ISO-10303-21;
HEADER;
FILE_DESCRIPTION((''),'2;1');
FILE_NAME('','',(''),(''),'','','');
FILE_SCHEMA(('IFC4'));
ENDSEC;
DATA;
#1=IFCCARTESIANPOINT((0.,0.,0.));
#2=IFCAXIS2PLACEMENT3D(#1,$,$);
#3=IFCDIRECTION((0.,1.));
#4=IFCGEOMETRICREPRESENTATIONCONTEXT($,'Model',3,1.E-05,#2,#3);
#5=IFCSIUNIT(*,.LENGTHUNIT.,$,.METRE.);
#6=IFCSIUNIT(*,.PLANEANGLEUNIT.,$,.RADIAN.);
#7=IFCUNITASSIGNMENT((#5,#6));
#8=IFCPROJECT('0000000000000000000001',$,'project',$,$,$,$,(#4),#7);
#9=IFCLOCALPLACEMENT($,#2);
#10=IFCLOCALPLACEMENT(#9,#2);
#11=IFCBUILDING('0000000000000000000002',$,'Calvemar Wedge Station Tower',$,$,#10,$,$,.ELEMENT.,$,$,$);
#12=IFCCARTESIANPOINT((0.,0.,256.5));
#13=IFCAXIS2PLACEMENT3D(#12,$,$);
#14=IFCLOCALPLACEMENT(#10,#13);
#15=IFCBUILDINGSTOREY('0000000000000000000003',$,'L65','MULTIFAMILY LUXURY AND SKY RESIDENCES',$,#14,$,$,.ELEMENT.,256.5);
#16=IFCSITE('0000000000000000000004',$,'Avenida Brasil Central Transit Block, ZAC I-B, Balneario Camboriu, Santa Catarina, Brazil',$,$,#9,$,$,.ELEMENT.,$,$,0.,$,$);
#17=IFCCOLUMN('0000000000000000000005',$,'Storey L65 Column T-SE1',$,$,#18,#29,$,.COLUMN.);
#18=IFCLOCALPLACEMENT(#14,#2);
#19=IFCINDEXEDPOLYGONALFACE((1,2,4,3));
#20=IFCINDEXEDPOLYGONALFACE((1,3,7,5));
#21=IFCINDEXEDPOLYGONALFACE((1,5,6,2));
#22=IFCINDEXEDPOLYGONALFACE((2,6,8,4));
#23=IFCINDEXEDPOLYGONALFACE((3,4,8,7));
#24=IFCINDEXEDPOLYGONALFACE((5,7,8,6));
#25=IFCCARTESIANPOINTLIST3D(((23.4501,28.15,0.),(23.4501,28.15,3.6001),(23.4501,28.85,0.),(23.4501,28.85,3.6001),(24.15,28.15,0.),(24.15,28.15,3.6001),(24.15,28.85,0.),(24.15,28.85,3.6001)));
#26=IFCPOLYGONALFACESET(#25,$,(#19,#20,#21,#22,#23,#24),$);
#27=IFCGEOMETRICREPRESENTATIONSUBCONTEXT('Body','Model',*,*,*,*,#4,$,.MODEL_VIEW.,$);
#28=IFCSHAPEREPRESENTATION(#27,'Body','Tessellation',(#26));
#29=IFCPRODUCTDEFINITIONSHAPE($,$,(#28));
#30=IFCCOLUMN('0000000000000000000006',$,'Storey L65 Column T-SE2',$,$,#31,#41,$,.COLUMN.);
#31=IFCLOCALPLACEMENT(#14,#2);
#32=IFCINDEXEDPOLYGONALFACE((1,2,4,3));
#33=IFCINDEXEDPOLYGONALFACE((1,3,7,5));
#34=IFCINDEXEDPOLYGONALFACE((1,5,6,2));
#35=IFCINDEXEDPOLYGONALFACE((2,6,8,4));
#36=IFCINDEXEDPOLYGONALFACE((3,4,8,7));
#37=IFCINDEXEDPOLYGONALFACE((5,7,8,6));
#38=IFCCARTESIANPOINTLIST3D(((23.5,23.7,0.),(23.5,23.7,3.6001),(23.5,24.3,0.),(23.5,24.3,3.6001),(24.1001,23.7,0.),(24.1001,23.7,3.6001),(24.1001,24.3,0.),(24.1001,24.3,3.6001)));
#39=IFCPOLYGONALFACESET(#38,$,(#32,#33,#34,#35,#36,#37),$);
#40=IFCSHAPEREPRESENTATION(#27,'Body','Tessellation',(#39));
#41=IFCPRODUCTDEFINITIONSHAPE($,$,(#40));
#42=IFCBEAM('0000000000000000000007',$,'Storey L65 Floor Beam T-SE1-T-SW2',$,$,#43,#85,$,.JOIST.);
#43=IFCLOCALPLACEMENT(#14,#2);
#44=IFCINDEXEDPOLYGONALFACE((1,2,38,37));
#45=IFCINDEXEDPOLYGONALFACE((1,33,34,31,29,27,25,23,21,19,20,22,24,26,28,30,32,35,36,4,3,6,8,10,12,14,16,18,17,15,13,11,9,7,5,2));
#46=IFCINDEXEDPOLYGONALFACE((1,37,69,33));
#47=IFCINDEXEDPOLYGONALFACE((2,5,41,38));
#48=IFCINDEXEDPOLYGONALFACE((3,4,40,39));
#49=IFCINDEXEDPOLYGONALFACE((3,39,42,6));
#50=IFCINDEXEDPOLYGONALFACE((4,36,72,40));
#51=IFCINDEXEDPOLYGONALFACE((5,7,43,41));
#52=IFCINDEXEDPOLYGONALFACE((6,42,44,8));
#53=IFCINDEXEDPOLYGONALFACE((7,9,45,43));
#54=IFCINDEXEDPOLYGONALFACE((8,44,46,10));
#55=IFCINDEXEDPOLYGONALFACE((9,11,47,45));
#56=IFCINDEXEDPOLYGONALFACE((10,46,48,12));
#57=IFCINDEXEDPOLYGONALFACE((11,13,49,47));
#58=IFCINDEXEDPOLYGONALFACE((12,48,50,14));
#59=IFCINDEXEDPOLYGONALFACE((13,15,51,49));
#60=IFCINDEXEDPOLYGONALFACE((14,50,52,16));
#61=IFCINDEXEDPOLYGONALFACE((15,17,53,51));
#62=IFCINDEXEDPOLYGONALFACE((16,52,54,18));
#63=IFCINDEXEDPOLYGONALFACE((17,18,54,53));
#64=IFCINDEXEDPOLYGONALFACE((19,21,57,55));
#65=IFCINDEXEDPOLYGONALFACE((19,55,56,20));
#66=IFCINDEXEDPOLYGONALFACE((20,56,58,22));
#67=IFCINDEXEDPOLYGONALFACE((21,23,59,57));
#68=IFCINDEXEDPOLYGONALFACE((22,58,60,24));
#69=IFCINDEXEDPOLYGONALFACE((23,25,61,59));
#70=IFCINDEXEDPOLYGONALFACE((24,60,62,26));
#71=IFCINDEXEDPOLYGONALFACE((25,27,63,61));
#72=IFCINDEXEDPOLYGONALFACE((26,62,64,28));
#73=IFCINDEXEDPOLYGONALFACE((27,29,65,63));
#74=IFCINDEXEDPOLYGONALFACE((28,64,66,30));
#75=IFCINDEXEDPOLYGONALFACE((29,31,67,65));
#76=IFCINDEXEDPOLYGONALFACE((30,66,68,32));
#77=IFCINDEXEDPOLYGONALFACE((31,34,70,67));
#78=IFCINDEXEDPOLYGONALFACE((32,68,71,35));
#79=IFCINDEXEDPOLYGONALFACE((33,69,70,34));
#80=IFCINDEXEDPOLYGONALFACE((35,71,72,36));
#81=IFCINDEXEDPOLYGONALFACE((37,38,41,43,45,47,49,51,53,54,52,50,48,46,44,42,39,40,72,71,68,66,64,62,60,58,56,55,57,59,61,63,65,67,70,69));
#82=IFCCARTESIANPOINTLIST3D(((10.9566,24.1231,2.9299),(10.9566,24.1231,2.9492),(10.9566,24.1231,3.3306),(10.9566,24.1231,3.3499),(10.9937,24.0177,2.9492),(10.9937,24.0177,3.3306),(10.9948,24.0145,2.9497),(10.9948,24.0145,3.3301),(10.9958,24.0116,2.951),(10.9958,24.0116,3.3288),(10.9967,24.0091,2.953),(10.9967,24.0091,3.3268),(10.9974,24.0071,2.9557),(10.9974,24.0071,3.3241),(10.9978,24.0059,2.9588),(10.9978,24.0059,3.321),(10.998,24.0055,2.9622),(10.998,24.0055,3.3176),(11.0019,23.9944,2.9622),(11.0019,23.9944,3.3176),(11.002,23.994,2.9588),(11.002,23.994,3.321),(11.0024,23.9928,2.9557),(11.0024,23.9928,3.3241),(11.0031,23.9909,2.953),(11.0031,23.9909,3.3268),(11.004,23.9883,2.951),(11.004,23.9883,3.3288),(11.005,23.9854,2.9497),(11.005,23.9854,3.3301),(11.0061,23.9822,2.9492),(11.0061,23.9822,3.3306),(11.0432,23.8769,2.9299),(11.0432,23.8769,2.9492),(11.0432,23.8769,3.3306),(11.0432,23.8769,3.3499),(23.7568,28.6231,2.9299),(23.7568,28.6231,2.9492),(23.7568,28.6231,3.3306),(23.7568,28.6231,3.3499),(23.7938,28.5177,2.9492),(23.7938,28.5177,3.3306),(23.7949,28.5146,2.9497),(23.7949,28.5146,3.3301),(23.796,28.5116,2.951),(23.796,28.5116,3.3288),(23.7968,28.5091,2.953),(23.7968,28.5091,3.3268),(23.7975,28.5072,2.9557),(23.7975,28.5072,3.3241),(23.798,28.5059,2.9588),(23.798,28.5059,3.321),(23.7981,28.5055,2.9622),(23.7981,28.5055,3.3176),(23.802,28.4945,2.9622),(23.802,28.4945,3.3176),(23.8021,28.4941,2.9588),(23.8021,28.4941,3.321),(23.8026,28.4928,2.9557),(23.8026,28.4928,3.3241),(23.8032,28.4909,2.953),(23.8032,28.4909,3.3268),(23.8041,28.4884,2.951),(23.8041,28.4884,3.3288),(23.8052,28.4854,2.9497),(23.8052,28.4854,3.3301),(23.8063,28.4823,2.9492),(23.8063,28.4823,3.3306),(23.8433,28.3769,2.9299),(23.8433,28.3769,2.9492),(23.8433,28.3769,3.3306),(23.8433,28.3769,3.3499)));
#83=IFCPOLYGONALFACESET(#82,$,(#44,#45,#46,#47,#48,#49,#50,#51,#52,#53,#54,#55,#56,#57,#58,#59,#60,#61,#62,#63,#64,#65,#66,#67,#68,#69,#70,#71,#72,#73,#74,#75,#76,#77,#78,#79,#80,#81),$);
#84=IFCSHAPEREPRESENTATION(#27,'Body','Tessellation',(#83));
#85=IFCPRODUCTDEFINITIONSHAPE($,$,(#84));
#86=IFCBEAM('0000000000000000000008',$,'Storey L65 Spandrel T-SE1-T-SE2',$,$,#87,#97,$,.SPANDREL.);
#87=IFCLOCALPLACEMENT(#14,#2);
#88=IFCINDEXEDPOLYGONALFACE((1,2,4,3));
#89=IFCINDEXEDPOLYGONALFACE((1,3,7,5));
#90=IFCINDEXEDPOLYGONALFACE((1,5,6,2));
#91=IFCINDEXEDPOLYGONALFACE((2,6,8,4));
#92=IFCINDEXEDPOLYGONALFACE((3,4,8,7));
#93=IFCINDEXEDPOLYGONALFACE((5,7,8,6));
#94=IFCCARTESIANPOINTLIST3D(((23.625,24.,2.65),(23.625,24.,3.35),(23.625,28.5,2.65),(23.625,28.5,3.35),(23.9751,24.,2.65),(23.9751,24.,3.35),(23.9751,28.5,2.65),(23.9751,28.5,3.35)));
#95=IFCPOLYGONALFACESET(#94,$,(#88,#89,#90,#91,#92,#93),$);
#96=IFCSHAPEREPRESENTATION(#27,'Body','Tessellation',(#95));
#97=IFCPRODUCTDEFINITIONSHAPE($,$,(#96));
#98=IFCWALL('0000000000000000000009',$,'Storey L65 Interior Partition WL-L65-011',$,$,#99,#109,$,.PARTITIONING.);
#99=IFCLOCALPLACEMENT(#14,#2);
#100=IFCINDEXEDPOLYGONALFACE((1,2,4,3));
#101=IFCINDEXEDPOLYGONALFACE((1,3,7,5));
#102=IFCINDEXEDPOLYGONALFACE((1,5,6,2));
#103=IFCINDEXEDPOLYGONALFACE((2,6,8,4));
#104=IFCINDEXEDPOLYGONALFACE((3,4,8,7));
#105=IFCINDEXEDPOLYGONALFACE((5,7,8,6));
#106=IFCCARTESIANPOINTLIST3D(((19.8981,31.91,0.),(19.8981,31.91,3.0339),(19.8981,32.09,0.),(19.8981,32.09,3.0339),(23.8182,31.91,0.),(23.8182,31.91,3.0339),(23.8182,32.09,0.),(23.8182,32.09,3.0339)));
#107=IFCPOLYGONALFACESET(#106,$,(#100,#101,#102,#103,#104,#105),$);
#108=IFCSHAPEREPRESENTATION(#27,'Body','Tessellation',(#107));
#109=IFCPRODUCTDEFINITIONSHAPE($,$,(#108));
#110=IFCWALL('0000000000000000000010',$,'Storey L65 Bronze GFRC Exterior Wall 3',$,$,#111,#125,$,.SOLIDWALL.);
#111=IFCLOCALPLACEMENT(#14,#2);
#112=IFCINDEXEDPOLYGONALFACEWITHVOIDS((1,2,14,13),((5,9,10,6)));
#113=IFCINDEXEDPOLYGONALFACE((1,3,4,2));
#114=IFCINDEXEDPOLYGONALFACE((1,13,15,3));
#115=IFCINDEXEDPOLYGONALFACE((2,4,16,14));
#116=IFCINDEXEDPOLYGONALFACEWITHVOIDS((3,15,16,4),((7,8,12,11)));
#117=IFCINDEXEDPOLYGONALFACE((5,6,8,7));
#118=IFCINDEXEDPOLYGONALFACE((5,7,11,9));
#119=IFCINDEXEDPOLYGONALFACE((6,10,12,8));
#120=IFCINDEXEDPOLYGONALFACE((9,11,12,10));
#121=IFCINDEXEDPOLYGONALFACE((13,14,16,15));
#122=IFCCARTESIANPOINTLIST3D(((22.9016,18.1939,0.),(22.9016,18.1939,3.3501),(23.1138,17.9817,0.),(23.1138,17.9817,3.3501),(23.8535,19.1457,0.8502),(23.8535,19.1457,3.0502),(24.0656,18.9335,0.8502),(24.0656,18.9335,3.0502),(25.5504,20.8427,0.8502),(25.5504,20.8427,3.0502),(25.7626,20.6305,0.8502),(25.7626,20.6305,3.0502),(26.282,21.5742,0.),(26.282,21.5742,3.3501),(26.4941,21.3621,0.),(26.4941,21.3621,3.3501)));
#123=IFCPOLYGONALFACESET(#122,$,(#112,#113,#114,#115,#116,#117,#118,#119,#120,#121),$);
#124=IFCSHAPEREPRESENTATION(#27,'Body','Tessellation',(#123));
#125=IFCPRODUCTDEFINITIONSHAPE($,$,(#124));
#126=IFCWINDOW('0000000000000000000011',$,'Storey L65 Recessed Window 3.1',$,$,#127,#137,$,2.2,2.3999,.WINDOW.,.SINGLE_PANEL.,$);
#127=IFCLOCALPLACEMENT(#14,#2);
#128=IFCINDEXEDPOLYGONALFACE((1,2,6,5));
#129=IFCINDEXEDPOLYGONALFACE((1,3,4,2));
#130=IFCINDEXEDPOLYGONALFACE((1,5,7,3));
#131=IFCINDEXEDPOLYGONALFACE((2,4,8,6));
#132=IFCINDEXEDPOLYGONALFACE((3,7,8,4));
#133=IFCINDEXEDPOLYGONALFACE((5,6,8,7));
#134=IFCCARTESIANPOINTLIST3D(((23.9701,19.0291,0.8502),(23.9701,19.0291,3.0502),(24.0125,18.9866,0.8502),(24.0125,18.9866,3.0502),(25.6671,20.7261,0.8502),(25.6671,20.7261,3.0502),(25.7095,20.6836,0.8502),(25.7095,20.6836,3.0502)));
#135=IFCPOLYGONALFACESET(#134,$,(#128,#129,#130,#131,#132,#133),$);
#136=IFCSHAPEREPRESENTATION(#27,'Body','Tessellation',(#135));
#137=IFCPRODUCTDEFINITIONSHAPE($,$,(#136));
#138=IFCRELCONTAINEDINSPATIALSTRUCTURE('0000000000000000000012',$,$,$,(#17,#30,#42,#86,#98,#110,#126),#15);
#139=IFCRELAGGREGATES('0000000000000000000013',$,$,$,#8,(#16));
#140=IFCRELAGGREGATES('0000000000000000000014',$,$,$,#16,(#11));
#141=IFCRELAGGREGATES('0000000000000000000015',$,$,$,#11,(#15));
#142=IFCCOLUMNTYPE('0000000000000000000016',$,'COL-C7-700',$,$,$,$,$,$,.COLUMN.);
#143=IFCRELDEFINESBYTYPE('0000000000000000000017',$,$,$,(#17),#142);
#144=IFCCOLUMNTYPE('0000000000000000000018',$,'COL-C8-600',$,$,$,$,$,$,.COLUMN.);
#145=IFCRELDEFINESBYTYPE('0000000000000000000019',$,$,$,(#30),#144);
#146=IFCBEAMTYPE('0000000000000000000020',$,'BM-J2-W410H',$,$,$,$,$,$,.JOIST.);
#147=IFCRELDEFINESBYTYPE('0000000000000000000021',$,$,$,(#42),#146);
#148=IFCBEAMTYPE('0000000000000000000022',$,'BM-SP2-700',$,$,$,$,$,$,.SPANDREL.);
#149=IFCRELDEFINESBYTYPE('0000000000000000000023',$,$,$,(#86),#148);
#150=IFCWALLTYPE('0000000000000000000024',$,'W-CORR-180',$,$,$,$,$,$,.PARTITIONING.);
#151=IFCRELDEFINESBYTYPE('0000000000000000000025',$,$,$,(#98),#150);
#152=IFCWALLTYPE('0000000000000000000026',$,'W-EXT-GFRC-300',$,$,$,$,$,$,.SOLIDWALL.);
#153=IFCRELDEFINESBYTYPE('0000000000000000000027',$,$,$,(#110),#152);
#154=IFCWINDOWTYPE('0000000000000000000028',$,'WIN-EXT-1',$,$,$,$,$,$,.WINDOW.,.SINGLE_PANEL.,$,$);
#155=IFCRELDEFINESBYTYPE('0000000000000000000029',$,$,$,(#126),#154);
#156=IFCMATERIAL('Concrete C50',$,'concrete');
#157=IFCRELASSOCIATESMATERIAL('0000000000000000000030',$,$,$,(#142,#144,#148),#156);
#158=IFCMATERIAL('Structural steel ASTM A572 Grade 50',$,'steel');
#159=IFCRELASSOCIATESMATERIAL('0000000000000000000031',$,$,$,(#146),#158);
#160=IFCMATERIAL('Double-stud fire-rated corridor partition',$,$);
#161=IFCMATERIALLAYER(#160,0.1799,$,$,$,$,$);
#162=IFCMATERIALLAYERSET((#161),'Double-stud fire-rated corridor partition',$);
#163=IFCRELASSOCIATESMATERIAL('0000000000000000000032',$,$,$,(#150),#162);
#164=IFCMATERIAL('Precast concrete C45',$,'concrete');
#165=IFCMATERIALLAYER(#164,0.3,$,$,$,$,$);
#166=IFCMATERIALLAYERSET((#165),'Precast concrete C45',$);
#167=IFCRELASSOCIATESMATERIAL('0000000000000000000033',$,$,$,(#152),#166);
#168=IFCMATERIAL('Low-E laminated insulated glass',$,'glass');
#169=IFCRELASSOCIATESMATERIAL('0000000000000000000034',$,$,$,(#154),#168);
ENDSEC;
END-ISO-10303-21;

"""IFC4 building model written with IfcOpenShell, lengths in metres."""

from ifc_helpers import new_model, si_unit, direction, frame, frame_2d, origin, origin_2d, place, context, subcontext, project, spatial, rectangle, i_section, extrude, source, transform, mapped, material, layer, layer_set, material_profile, profile_set, type_object, element, fill, save


model = new_model("IFC4")

# Units and contexts
model_context = context("Model", 3, precision=1e-05, world=origin(), true_north=direction((0.0, 1.0)))
body_context = subcontext(model_context, "Body", "Model", "MODEL_VIEW")
ifc_project = project(units=[si_unit("LENGTHUNIT", "METRE"), si_unit("PLANEANGLEUNIT", "RADIAN")], contexts=[model_context])

# Site, building, storey
site_placement = place(None, origin())
site = spatial("IfcSite", under=ifc_project, at=site_placement, Name="Avenida Brasil Central Transit Block, ZAC I-B, Balneario Camboriu, Santa Catarina, Brazil", CompositionType="ELEMENT", RefElevation=0.0)
building_placement = place(site_placement, origin())
building = spatial("IfcBuilding", under=site, at=building_placement, Name="Calvemar Wedge Station Tower", CompositionType="ELEMENT")
storey_placement = place(building_placement, frame((0.0, 0.0, 256.5)))
storey = spatial("IfcBuildingStorey", under=building, at=storey_placement, Name="L65", Description="MULTIFAMILY LUXURY AND SKY RESIDENCES", CompositionType="ELEMENT", Elevation=256.5)

# Columns
ifc_material_1 = material(Name="Concrete C50", Category="concrete")
ifc_material_profile_1 = material_profile(ifc_material_1, rectangle(XDim=0.7, YDim=0.7, at=origin_2d()), Name="RC700x700")
ifc_profile_set_1 = profile_set([ifc_material_profile_1], Name="Concrete C50")
column_type_1 = type_object("IfcColumnType", Name="COL-C7-700", PredefinedType="COLUMN", material=ifc_profile_set_1)
shared_shape_1 = source(origin(), body_context, "Body", "SweptSolid", [
    extrude(rectangle(XDim=0.7, YDim=0.7, at=origin_2d()), origin(), (0.0, 0.0, 1.0), 3.6001),
])
column_1_placement = place(storey_placement, frame((23.8, 28.5, 0.0), z_axis=(0.0, 0.0, 1.0), x_axis=(1.0, 0.0, 0.0)))
element("IfcColumn", 1, at=column_1_placement, inside=storey, type_object=column_type_1, Name="Storey L65 Column T-SE1", PredefinedType="COLUMN", context=body_context, shape_type="MappedRepresentation", body=[
    mapped(shared_shape_1, transform((0.0, 0.0, 0.0), scale=1.0)),
])
ifc_material_profile_2 = material_profile(ifc_material_1, rectangle(XDim=0.6001, YDim=0.6001, at=origin_2d()), Name="RC600x600")
ifc_profile_set_2 = profile_set([ifc_material_profile_2], Name="Concrete C50")
column_type_2 = type_object("IfcColumnType", Name="COL-C8-600", PredefinedType="COLUMN", material=ifc_profile_set_2)
shared_shape_2 = source(origin(), body_context, "Body", "SweptSolid", [
    extrude(rectangle(XDim=0.6001, YDim=0.6001, at=origin_2d()), origin(), (0.0, 0.0, 1.0), 3.6001),
])
column_2_placement = place(storey_placement, frame((23.8, 24.0, 0.0), z_axis=(0.0, 0.0, 1.0), x_axis=(1.0, 0.0, 0.0)))
element("IfcColumn", 2, at=column_2_placement, inside=storey, type_object=column_type_2, Name="Storey L65 Column T-SE2", PredefinedType="COLUMN", context=body_context, shape_type="MappedRepresentation", body=[
    mapped(shared_shape_2, transform((0.0, 0.0, 0.0), scale=1.0)),
])

# Beams
ifc_material_2 = material(Name="Structural steel ASTM A572 Grade 50", Category="steel")
ifc_material_profile_3 = material_profile(ifc_material_2, i_section(OverallWidth=0.261, OverallDepth=0.4199, WebThickness=0.0117, FlangeThickness=0.0193, FilletRadius=0.0129, at=origin_2d()), Name="W410x114")
ifc_profile_set_3 = profile_set([ifc_material_profile_3], Name="Structural steel ASTM A572 Grade 50")
beam_type_1 = type_object("IfcBeamType", Name="BM-J2-W410H", PredefinedType="JOIST", material=ifc_profile_set_3)
shared_shape_3 = source(origin(), body_context, "Body", "SweptSolid", [
    extrude(i_section(OverallWidth=0.261, OverallDepth=0.4199, WebThickness=0.0117, FlangeThickness=0.0193, FilletRadius=0.0129, at=origin_2d()), origin(), (0.0, 0.0, 1.0), 13.5681),
])
beam_1_placement = place(storey_placement, frame((23.8, 28.5, 3.1399), z_axis=(-0.943398, -0.331662, 0.0), x_axis=(0.331662, -0.943398, 0.0)))
element("IfcBeam", 3, at=beam_1_placement, inside=storey, type_object=beam_type_1, Name="Storey L65 Floor Beam T-SE1-T-SW2", PredefinedType="JOIST", context=body_context, shape_type="MappedRepresentation", body=[
    mapped(shared_shape_3, transform((0.0, 0.0, 0.0), scale=1.0)),
])
ifc_material_profile_4 = material_profile(ifc_material_1, rectangle(XDim=0.3501, YDim=0.7, at=origin_2d()), Name="RC350x700")
ifc_profile_set_4 = profile_set([ifc_material_profile_4], Name="Concrete C50")
beam_type_2 = type_object("IfcBeamType", Name="BM-SP2-700", PredefinedType="SPANDREL", material=ifc_profile_set_4)
shared_shape_4 = source(origin(), body_context, "Body", "SweptSolid", [
    extrude(rectangle(XDim=0.3501, YDim=0.7, at=origin_2d()), origin(), (0.0, 0.0, 1.0), 4.5),
])
beam_2_placement = place(storey_placement, frame((23.8, 28.5, 3.0), z_axis=(0.0, -1.0, 0.0), x_axis=(1.0, 0.0, 0.0)))
element("IfcBeam", 4, at=beam_2_placement, inside=storey, type_object=beam_type_2, Name="Storey L65 Spandrel T-SE1-T-SE2", PredefinedType="SPANDREL", context=body_context, shape_type="MappedRepresentation", body=[
    mapped(shared_shape_4, transform((0.0, 0.0, 0.0), scale=1.0)),
])

# Wall
ifc_material_3 = material(Name="Double-stud fire-rated corridor partition")
ifc_layer_1 = layer(ifc_material_3, 0.1799)
ifc_layer_set_1 = layer_set([ifc_layer_1], Name="Double-stud fire-rated corridor partition")
wall_type_1 = type_object("IfcWallType", Name="W-CORR-180", PredefinedType="PARTITIONING", material=ifc_layer_set_1)
wall_1_placement = place(storey_placement, frame((23.8181, 32.0, 0.0), z_axis=(0.0, 0.0, 1.0), x_axis=(-1.0, 0.0, 0.0)))
element("IfcWall", 5, at=wall_1_placement, inside=storey, type_object=wall_type_1, Name="Storey L65 Interior Partition WL-L65-011", PredefinedType="PARTITIONING", context=body_context, shape_type="SweptSolid", body=[
    extrude(rectangle(XDim=3.9202, YDim=0.1799, at=frame_2d((1.96, 0.0))), origin(), (0.0, 0.0, 1.0), 3.0339),
])

# Wall, opening, window
ifc_material_4 = material(Name="Precast concrete C45", Category="concrete")
ifc_layer_2 = layer(ifc_material_4, 0.3)
ifc_layer_set_2 = layer_set([ifc_layer_2], Name="Precast concrete C45")
wall_type_2 = type_object("IfcWallType", Name="W-EXT-GFRC-300", PredefinedType="SOLIDWALL", material=ifc_layer_set_2)
wall_2_placement = place(storey_placement, frame((23.0078, 18.0879, 0.0), z_axis=(0.0, 0.0, 1.0), x_axis=(0.707107, 0.707107, 0.0)))
wall_2 = element("IfcWall", 6, at=wall_2_placement, inside=storey, type_object=wall_type_2, Name="Storey L65 Bronze GFRC Exterior Wall 3", PredefinedType="SOLIDWALL", context=body_context, shape_type="SweptSolid", body=[
    extrude(rectangle(XDim=4.7805, YDim=0.3, at=frame_2d((2.3901, 0.0))), origin(), (0.0, 0.0, 1.0), 3.3501),
])
shared_shape_5 = source(origin(), body_context, "Body", "SweptSolid", [
    extrude(rectangle(XDim=2.3999, YDim=2.2, at=frame_2d((1.2, 1.1001))), frame((0.0, 0.1602, 0.0), z_axis=(0.0, -1.0, 0.0), x_axis=(1.0, 0.0, 0.0)), (0.0, 0.0, 1.0), 0.3201),
])
opening_1_placement = place(wall_2_placement, frame((1.3459, 0.0, 0.8501)))
opening_1 = element("IfcOpeningElement", 7, at=opening_1_placement, cuts=wall_2, PredefinedType="OPENING", context=body_context, shape_type="MappedRepresentation", body=[
    mapped(shared_shape_5, transform((0.0, 0.0, 0.0), scale=1.0)),
])
ifc_material_5 = material(Name="Low-E laminated insulated glass", Category="glass")
window_type_1 = type_object("IfcWindowType", Name="WIN-EXT-1", PartitioningType="SINGLE_PANEL", PredefinedType="WINDOW", material=ifc_material_5)
shared_shape_6 = source(origin(), body_context, "Body", "SweptSolid", [
    extrude(rectangle(XDim=2.3999, YDim=2.2, at=frame_2d((1.2, 1.1001))), frame((0.0, -0.0149, 0.0), z_axis=(0.0, -1.0, 0.0), x_axis=(1.0, 0.0, 0.0)), (0.0, 0.0, 1.0), 0.0601),
])
window_1_placement = place(opening_1_placement, origin())
window_1 = element("IfcWindow", 8, at=window_1_placement, inside=storey, type_object=window_type_1, Name="Storey L65 Recessed Window 3.1", OverallHeight=2.2, OverallWidth=2.3999, PartitioningType="SINGLE_PANEL", PredefinedType="WINDOW", context=body_context, shape_type="MappedRepresentation", body=[
    mapped(shared_shape_6, transform((0.0, 0.0, 0.0), scale=1.0)),
])
fill(opening_1, window_1)

save(model, "model.ifc")
